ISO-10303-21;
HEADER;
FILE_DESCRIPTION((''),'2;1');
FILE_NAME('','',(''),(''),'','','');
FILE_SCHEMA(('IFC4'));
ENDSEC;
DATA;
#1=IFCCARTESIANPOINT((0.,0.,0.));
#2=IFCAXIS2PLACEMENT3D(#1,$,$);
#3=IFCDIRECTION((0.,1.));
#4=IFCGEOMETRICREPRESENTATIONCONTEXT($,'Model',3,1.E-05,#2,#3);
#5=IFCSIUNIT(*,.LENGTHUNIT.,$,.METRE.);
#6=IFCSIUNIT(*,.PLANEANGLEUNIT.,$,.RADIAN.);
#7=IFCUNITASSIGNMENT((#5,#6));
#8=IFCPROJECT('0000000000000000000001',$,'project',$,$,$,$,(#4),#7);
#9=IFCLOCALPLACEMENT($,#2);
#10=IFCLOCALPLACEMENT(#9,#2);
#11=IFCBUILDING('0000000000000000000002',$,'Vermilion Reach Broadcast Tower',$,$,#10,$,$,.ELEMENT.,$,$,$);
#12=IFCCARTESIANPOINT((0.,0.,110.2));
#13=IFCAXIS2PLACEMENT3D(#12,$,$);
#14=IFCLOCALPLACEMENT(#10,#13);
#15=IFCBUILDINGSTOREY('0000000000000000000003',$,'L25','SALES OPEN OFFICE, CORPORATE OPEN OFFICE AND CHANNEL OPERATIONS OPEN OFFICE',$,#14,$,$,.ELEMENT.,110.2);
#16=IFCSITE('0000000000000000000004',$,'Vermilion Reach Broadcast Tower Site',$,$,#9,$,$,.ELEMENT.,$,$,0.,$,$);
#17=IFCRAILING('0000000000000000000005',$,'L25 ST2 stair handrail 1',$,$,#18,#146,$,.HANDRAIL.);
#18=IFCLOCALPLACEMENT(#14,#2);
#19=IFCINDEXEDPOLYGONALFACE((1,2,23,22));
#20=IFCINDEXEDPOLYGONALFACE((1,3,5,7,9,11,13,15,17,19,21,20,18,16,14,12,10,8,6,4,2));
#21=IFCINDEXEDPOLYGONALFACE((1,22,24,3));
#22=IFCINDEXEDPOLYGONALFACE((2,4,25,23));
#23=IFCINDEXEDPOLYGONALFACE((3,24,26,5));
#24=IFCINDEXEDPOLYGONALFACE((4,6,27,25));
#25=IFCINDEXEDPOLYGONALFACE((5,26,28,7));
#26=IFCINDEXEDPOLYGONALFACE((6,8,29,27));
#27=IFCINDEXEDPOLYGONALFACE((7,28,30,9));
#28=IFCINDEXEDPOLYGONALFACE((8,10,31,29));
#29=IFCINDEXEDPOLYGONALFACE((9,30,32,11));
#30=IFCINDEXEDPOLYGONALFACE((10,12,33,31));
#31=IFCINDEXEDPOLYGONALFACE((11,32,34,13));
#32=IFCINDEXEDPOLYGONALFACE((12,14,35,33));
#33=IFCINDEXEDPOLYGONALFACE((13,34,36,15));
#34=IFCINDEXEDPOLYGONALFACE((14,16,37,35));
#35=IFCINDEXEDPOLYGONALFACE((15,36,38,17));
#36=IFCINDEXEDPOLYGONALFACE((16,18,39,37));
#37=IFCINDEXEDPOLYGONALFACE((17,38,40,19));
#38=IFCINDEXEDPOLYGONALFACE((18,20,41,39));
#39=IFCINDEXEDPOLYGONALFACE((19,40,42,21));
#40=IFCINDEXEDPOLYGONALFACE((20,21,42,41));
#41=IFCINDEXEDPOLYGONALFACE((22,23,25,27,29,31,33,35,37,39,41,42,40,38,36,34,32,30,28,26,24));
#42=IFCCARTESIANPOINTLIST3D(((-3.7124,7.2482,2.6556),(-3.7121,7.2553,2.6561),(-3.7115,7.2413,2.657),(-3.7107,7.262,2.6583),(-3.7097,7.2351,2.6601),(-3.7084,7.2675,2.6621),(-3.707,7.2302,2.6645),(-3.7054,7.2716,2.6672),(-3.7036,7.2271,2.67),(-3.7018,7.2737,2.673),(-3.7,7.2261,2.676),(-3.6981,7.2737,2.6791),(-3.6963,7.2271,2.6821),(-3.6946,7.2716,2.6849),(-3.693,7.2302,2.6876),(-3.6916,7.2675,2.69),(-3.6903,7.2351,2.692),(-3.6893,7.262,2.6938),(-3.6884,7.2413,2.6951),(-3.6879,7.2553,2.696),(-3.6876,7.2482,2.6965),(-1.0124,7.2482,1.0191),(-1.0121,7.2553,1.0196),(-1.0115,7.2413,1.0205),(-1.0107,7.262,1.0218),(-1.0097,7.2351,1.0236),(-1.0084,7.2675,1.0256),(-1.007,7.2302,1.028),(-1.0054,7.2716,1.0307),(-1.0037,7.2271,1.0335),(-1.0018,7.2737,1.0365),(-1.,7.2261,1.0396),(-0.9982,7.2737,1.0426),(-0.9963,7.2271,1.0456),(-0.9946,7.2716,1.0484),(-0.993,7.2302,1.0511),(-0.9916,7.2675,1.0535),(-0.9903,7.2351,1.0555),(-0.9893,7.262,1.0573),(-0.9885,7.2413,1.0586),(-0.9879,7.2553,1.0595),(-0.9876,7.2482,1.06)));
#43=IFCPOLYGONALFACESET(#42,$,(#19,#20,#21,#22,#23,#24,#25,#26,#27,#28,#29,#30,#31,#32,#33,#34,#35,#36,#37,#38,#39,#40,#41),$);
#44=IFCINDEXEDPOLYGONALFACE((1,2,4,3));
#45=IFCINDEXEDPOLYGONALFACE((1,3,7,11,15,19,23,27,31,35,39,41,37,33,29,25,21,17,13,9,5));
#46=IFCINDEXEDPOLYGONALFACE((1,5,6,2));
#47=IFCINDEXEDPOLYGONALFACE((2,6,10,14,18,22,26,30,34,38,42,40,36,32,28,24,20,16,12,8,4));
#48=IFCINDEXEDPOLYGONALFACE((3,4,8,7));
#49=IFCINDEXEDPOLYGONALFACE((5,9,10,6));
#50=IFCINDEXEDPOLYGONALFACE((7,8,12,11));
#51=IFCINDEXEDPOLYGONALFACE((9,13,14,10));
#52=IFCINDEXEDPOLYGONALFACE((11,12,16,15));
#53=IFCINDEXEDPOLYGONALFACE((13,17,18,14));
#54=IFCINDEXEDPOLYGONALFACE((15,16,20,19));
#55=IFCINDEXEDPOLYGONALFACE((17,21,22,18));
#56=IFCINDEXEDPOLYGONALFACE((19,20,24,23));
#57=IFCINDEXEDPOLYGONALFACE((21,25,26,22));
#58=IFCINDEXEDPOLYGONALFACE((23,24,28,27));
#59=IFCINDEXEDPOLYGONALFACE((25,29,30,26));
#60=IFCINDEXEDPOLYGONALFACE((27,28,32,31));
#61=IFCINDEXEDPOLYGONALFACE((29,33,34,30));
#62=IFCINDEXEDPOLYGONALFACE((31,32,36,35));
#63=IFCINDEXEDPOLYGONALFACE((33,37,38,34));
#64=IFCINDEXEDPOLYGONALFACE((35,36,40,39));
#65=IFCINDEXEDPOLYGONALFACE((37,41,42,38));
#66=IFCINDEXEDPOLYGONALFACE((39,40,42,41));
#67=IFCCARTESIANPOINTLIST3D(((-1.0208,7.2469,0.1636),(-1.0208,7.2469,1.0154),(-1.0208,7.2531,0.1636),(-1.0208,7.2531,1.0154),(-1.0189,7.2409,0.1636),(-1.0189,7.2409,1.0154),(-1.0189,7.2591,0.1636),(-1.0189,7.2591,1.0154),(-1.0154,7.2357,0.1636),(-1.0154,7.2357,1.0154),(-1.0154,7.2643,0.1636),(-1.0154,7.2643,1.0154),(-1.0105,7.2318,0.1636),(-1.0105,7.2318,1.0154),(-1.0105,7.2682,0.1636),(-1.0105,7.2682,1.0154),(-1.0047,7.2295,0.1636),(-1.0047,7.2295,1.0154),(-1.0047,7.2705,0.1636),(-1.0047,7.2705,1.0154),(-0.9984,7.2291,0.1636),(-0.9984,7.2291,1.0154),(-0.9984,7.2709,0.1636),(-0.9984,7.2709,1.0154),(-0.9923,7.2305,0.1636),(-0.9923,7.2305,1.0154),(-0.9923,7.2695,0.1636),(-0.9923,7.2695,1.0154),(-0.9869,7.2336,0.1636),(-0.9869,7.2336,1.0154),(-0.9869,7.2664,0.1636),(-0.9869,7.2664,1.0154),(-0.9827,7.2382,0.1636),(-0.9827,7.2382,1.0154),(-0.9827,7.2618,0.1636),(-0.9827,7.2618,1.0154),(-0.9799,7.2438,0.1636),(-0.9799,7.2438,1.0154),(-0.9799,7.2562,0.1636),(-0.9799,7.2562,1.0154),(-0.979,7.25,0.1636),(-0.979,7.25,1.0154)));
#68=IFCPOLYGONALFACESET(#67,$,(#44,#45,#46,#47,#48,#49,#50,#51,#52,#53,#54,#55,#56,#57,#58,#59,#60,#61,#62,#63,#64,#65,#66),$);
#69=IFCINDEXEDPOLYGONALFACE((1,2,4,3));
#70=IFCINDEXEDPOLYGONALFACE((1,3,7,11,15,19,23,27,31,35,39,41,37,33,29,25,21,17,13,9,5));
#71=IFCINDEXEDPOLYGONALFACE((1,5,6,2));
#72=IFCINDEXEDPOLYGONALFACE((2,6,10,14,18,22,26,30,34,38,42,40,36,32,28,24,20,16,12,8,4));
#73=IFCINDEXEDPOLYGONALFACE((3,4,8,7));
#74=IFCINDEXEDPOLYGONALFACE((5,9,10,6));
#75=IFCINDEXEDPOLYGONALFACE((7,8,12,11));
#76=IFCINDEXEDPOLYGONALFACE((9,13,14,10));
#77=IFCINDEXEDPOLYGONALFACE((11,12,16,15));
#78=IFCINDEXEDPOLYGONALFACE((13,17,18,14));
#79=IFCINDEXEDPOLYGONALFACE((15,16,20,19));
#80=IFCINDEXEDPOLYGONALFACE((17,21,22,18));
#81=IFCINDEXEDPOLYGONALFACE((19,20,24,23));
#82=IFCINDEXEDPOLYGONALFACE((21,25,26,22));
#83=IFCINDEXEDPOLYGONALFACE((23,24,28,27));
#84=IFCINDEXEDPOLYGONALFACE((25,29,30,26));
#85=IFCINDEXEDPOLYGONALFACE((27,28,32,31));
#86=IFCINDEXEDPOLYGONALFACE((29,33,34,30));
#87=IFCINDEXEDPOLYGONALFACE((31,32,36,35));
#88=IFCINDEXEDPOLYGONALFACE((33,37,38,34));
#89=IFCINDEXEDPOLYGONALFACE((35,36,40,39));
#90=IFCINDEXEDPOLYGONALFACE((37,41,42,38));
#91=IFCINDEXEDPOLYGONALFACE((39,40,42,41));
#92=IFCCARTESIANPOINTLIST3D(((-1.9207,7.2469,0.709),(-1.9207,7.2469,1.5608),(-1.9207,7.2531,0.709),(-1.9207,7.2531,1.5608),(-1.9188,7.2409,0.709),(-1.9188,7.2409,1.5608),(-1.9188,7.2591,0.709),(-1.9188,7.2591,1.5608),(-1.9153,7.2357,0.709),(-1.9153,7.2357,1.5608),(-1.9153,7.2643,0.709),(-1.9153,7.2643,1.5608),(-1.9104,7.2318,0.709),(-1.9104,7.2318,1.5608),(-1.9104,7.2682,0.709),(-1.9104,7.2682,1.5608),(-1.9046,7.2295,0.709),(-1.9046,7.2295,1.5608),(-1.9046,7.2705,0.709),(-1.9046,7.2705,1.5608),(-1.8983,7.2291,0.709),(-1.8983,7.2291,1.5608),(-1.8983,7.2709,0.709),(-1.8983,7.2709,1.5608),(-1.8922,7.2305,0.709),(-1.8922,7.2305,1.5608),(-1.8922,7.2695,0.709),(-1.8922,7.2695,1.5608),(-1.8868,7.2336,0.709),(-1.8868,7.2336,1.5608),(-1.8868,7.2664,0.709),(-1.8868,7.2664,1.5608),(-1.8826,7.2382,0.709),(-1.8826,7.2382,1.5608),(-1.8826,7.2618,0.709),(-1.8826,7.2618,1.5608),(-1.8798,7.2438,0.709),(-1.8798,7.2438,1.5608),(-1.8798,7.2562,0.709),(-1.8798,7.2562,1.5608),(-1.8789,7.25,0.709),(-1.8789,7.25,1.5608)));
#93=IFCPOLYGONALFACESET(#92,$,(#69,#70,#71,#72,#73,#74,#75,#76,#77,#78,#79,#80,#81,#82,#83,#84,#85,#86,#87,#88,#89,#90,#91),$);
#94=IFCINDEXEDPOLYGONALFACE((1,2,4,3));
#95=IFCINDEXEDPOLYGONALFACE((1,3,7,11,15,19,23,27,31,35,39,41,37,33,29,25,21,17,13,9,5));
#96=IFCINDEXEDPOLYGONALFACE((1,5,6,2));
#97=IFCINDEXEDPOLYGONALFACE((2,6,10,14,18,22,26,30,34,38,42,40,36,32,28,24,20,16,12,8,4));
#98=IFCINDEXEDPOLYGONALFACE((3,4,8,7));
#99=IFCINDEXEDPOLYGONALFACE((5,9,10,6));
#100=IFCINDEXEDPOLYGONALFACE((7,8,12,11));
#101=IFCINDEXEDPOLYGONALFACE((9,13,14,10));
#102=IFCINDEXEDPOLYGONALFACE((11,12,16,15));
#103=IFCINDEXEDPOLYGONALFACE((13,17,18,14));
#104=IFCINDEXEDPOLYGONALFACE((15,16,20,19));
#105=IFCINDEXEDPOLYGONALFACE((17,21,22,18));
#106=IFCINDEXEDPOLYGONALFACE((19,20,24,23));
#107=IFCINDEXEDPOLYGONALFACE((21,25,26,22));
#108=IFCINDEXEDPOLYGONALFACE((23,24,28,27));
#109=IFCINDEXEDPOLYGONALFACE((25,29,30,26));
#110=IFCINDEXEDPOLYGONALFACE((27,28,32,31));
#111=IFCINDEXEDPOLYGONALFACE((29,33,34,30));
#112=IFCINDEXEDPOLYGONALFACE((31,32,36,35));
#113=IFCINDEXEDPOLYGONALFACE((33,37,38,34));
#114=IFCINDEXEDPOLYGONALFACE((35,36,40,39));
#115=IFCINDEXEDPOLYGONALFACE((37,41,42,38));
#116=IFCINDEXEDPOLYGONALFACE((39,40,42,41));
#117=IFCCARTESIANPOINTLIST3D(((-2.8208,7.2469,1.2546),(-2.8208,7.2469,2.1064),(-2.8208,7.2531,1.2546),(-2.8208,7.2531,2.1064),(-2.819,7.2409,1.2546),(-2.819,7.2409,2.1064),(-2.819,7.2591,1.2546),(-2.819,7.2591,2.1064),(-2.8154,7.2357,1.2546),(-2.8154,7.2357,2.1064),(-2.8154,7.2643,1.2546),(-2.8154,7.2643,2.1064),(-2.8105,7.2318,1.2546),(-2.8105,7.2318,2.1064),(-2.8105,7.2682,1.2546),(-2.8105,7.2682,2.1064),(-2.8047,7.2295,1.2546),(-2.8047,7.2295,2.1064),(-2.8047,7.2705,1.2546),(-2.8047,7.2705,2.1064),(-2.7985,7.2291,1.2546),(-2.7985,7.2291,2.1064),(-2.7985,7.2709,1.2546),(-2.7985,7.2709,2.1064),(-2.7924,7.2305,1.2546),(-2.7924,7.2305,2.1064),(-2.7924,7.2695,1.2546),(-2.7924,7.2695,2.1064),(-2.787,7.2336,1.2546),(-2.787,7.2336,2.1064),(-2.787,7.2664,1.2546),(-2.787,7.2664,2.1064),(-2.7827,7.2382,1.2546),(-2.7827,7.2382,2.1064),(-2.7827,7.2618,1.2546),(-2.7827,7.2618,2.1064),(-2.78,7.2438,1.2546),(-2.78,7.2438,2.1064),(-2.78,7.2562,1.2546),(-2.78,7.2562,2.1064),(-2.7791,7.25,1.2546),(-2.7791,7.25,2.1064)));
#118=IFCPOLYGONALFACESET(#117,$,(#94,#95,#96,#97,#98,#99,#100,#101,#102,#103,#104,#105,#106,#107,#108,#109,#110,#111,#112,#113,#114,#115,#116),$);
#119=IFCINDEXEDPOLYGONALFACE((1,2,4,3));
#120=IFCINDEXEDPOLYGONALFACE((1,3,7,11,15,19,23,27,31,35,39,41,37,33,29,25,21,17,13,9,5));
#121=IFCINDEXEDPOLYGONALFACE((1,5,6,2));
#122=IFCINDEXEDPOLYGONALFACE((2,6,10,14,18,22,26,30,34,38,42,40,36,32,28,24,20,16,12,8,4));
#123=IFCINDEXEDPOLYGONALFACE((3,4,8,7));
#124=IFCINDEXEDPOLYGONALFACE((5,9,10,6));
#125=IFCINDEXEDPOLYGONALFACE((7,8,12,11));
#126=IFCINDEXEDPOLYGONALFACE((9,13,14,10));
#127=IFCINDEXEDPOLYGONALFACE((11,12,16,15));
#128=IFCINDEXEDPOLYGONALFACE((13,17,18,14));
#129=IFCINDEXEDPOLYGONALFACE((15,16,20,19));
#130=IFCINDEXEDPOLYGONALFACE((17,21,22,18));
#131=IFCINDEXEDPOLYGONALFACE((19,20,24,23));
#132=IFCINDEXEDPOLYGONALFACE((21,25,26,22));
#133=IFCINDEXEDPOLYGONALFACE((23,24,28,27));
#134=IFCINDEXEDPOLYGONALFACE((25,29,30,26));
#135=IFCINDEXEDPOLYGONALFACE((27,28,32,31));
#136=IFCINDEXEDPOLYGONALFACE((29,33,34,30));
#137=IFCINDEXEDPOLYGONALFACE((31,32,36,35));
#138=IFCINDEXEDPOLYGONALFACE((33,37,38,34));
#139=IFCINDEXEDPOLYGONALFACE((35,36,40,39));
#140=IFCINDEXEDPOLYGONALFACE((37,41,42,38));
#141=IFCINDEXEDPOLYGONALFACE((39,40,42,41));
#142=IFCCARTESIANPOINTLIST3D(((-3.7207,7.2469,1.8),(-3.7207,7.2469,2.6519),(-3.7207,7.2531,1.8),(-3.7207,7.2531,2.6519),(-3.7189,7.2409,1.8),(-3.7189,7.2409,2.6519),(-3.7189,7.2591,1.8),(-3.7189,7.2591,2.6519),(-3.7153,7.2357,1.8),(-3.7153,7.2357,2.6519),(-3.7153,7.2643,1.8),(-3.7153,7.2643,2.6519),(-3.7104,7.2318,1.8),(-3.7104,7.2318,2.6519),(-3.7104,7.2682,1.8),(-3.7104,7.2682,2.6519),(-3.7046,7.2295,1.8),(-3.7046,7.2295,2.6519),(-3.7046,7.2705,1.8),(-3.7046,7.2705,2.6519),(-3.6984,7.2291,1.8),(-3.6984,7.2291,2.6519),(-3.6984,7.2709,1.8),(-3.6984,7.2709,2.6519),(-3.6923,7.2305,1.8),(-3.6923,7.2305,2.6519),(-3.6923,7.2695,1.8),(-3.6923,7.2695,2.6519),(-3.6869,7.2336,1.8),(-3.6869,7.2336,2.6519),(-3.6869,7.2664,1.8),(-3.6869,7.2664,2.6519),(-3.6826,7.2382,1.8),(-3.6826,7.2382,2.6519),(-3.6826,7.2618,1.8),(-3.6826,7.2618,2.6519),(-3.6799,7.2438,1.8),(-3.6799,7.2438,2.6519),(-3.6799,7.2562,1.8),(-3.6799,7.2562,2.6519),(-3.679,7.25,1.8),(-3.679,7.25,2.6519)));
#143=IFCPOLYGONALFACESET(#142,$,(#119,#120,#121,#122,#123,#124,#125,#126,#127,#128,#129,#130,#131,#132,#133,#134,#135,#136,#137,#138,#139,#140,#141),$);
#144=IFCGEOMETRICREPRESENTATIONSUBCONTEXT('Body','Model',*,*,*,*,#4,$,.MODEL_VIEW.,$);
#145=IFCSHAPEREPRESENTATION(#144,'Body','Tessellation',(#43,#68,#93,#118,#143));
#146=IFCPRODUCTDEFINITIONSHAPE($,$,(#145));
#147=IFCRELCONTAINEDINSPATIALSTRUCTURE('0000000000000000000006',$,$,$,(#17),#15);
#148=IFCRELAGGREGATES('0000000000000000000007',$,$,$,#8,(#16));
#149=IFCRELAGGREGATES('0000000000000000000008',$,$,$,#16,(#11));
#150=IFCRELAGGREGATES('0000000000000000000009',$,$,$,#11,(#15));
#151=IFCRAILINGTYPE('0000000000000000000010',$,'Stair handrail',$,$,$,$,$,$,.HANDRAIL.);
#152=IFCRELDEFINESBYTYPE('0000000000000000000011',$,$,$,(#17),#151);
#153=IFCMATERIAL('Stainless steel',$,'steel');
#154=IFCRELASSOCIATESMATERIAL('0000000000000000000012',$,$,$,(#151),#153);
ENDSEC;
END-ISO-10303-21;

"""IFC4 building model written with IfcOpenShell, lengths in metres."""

from ifc_helpers import new_model, si_unit, direction, frame, origin, origin_2d, place, context, subcontext, project, spatial, circle, extrude, material, type_object, element, save


model = new_model("IFC4")

# Units and contexts
model_context = context("Model", 3, precision=1e-05, world=origin(), true_north=direction((0.0, 1.0)))
body_context = subcontext(model_context, "Body", "Model", "MODEL_VIEW")
ifc_project = project(units=[si_unit("LENGTHUNIT", "METRE"), si_unit("PLANEANGLEUNIT", "RADIAN")], contexts=[model_context])

# Site, building, storey
site_placement = place(None, origin())
site = spatial("IfcSite", under=ifc_project, at=site_placement, Name="Vermilion Reach Broadcast Tower Site", CompositionType="ELEMENT", RefElevation=0.0)
building_placement = place(site_placement, origin())
building = spatial("IfcBuilding", under=site, at=building_placement, Name="Vermilion Reach Broadcast Tower", CompositionType="ELEMENT")
storey_placement = place(building_placement, frame((0.0, 0.0, 110.2)))
storey = spatial("IfcBuildingStorey", under=building, at=storey_placement, Name="L25", Description="SALES OPEN OFFICE, CORPORATE OPEN OFFICE AND CHANNEL OPERATIONS OPEN OFFICE", CompositionType="ELEMENT", Elevation=110.2)

# Railing
ifc_material_1 = material(Name="Stainless steel", Category="steel")
railing_type_1 = type_object("IfcRailingType", Name="Stair handrail", PredefinedType="HANDRAIL", material=ifc_material_1)
railing_1_placement = place(storey_placement, frame((-1.0, 7.25, 0.1636)))
element("IfcRailing", 1, at=railing_1_placement, inside=storey, type_object=railing_type_1, Name="L25 ST2 stair handrail 1", PredefinedType="HANDRAIL", context=body_context, shape_type="SweptSolid", body=[
    extrude(circle(Radius=0.0239, at=origin_2d()), frame((0.0, 0.0, 0.876), z_axis=(-0.855178, 0.0, 0.518334), x_axis=(0.0, -1.0, 0.0)), (0.0, 0.0, 1.0), 3.1572),
    extrude(circle(Radius=0.021, at=origin_2d()), origin(), (0.0, 0.0, 1.0), 0.8518),
    extrude(circle(Radius=0.021, at=origin_2d()), frame((-0.8999, 0.0, 0.5454)), (0.0, 0.0, 1.0), 0.8518),
    extrude(circle(Radius=0.021, at=origin_2d()), frame((-1.8, 0.0, 1.0911)), (0.0, 0.0, 1.0), 0.8518),
    extrude(circle(Radius=0.021, at=origin_2d()), frame((-2.7, 0.0, 1.6365)), (0.0, 0.0, 1.0), 0.8518),
])

save(model, "model.ifc")
